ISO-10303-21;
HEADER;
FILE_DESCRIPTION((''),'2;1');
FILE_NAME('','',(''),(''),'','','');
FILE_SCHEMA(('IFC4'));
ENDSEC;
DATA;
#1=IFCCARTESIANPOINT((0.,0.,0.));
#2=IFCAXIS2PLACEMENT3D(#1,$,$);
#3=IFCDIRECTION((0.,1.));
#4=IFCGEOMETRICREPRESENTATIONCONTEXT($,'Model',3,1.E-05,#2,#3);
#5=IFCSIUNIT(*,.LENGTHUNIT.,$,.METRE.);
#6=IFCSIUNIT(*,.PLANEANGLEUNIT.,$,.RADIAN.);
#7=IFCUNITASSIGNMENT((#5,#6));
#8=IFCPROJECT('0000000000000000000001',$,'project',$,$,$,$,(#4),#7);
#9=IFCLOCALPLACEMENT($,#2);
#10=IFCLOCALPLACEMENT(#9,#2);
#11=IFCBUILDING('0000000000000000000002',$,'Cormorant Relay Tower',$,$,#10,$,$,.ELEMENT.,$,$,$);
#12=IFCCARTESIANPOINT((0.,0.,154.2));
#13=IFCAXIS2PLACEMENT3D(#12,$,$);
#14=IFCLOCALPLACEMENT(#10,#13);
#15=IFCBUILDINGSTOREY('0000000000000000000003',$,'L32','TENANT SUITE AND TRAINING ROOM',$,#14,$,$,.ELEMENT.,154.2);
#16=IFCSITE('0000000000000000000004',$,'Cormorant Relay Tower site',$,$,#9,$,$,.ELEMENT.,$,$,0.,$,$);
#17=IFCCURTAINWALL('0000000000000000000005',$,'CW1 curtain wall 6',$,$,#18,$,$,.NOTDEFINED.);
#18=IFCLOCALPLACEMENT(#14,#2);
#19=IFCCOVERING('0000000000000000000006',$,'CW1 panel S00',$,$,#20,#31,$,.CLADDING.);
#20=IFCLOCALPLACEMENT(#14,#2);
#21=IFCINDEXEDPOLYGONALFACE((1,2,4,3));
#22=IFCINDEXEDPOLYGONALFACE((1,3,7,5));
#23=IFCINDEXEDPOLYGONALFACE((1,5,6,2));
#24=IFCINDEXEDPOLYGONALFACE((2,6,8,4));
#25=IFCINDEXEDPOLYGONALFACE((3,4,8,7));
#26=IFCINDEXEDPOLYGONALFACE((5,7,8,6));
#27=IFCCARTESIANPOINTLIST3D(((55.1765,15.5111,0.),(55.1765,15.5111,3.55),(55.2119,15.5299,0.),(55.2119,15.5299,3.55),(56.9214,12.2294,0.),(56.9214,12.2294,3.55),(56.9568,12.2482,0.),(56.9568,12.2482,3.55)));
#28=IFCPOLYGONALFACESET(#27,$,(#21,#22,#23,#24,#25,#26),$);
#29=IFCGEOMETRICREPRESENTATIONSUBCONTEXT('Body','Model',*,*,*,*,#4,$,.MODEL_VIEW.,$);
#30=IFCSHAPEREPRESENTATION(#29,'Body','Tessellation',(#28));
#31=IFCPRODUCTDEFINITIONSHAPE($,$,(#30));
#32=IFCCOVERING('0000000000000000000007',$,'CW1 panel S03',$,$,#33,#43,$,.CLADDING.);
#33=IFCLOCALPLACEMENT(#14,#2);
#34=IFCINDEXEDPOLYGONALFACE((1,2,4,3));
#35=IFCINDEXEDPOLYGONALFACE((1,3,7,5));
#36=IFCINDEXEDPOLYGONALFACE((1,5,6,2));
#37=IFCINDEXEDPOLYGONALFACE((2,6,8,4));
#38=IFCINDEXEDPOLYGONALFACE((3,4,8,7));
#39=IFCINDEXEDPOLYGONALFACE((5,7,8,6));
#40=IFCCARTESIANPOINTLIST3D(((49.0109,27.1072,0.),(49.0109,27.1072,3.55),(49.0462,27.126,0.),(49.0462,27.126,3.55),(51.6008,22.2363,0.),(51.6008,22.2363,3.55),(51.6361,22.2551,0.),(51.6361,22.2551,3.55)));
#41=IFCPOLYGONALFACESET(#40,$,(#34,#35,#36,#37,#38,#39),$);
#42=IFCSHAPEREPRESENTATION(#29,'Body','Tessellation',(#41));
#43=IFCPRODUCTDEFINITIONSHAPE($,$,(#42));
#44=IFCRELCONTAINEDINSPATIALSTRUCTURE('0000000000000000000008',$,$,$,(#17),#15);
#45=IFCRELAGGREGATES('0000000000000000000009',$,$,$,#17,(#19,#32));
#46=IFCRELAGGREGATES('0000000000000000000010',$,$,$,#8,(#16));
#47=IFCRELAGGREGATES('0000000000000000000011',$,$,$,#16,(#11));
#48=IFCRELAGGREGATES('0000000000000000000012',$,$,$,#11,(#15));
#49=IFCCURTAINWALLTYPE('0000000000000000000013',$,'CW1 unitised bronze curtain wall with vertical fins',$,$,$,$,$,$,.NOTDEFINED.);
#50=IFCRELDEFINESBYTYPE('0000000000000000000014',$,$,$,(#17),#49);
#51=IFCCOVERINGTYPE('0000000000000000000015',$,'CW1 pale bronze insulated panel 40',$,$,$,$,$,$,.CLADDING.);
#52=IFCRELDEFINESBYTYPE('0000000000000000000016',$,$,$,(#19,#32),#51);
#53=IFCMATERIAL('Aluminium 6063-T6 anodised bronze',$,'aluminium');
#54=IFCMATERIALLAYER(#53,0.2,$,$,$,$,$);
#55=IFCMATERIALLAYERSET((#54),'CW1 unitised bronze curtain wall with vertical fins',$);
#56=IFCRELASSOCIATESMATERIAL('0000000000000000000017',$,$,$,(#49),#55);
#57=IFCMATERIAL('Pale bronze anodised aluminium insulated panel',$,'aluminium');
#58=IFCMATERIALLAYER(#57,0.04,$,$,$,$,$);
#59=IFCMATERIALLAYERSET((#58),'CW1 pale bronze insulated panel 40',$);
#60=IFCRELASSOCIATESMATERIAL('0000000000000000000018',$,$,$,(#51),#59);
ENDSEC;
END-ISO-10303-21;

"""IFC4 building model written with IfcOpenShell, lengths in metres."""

from ifc_helpers import new_model, si_unit, direction, frame, origin, origin_2d, place, context, subcontext, project, spatial, rectangle, extrude, material, layer, layer_set, type_object, element, aggregate, save


model = new_model("IFC4")

# Units and contexts
model_context = context("Model", 3, precision=1e-05, world=origin(), true_north=direction((0.0, 1.0)))
body_context = subcontext(model_context, "Body", "Model", "MODEL_VIEW")
ifc_project = project(units=[si_unit("LENGTHUNIT", "METRE"), si_unit("PLANEANGLEUNIT", "RADIAN")], contexts=[model_context])

# Site, building, storey
site_placement = place(None, origin())
site = spatial("IfcSite", under=ifc_project, at=site_placement, Name="Cormorant Relay Tower site", CompositionType="ELEMENT", RefElevation=0.0)
building_placement = place(site_placement, origin())
building = spatial("IfcBuilding", under=site, at=building_placement, Name="Cormorant Relay Tower", CompositionType="ELEMENT")
storey_placement = place(building_placement, frame((0.0, 0.0, 154.2)))
storey = spatial("IfcBuildingStorey", under=building, at=storey_placement, Name="L32", Description="TENANT SUITE AND TRAINING ROOM", CompositionType="ELEMENT", Elevation=154.2)

# Curtain wall
ifc_material_1 = material(Name="Aluminium 6063-T6 anodised bronze", Category="aluminium")
ifc_layer_1 = layer(ifc_material_1, 0.2)
ifc_layer_set_1 = layer_set([ifc_layer_1], Name="CW1 unitised bronze curtain wall with vertical fins")
curtain_wall_type = type_object("IfcCurtainWallType", Name="CW1 unitised bronze curtain wall with vertical fins", PredefinedType="NOTDEFINED", material=ifc_layer_set_1)
curtain_wall_1_placement = place(storey_placement, origin())
curtain_wall_1 = element("IfcCurtainWall", 1, at=curtain_wall_1_placement, inside=storey, type_object=curtain_wall_type, Name="CW1 curtain wall 6", PredefinedType="NOTDEFINED")

# Coverings
ifc_material_2 = material(Name="Pale bronze anodised aluminium insulated panel", Category="aluminium")
ifc_layer_2 = layer(ifc_material_2, 0.04)
ifc_layer_set_2 = layer_set([ifc_layer_2], Name="CW1 pale bronze insulated panel 40")
covering_type = type_object("IfcCoveringType", Name="CW1 pale bronze insulated panel 40", PredefinedType="CLADDING", material=ifc_layer_set_2)
covering_1_placement = place(storey_placement, frame((56.0667, 13.8796, 0.0), z_axis=(0.0, 0.0, 1.0), x_axis=(-0.469472, 0.882948, 0.0)))
covering_1 = element("IfcCovering", 2, at=covering_1_placement, type_object=covering_type, Name="CW1 panel S00", PredefinedType="CLADDING", context=body_context, shape_type="SweptSolid", body=[
    extrude(rectangle(XDim=3.7168, YDim=0.04, at=origin_2d()), origin(), (0.0, 0.0, 1.0), 3.55),
])
covering_2_placement = place(storey_placement, frame((50.3235, 24.6812, 0.0), z_axis=(0.0, 0.0, 1.0), x_axis=(-0.469472, 0.882948, 0.0)))
covering_2 = element("IfcCovering", 3, at=covering_2_placement, type_object=covering_type, Name="CW1 panel S03", PredefinedType="CLADDING", context=body_context, shape_type="SweptSolid", body=[
    extrude(rectangle(XDim=5.5166, YDim=0.04, at=origin_2d()), origin(), (0.0, 0.0, 1.0), 3.55),
])
aggregate(curtain_wall_1, [covering_1, covering_2])

save(model, "model.ifc")
